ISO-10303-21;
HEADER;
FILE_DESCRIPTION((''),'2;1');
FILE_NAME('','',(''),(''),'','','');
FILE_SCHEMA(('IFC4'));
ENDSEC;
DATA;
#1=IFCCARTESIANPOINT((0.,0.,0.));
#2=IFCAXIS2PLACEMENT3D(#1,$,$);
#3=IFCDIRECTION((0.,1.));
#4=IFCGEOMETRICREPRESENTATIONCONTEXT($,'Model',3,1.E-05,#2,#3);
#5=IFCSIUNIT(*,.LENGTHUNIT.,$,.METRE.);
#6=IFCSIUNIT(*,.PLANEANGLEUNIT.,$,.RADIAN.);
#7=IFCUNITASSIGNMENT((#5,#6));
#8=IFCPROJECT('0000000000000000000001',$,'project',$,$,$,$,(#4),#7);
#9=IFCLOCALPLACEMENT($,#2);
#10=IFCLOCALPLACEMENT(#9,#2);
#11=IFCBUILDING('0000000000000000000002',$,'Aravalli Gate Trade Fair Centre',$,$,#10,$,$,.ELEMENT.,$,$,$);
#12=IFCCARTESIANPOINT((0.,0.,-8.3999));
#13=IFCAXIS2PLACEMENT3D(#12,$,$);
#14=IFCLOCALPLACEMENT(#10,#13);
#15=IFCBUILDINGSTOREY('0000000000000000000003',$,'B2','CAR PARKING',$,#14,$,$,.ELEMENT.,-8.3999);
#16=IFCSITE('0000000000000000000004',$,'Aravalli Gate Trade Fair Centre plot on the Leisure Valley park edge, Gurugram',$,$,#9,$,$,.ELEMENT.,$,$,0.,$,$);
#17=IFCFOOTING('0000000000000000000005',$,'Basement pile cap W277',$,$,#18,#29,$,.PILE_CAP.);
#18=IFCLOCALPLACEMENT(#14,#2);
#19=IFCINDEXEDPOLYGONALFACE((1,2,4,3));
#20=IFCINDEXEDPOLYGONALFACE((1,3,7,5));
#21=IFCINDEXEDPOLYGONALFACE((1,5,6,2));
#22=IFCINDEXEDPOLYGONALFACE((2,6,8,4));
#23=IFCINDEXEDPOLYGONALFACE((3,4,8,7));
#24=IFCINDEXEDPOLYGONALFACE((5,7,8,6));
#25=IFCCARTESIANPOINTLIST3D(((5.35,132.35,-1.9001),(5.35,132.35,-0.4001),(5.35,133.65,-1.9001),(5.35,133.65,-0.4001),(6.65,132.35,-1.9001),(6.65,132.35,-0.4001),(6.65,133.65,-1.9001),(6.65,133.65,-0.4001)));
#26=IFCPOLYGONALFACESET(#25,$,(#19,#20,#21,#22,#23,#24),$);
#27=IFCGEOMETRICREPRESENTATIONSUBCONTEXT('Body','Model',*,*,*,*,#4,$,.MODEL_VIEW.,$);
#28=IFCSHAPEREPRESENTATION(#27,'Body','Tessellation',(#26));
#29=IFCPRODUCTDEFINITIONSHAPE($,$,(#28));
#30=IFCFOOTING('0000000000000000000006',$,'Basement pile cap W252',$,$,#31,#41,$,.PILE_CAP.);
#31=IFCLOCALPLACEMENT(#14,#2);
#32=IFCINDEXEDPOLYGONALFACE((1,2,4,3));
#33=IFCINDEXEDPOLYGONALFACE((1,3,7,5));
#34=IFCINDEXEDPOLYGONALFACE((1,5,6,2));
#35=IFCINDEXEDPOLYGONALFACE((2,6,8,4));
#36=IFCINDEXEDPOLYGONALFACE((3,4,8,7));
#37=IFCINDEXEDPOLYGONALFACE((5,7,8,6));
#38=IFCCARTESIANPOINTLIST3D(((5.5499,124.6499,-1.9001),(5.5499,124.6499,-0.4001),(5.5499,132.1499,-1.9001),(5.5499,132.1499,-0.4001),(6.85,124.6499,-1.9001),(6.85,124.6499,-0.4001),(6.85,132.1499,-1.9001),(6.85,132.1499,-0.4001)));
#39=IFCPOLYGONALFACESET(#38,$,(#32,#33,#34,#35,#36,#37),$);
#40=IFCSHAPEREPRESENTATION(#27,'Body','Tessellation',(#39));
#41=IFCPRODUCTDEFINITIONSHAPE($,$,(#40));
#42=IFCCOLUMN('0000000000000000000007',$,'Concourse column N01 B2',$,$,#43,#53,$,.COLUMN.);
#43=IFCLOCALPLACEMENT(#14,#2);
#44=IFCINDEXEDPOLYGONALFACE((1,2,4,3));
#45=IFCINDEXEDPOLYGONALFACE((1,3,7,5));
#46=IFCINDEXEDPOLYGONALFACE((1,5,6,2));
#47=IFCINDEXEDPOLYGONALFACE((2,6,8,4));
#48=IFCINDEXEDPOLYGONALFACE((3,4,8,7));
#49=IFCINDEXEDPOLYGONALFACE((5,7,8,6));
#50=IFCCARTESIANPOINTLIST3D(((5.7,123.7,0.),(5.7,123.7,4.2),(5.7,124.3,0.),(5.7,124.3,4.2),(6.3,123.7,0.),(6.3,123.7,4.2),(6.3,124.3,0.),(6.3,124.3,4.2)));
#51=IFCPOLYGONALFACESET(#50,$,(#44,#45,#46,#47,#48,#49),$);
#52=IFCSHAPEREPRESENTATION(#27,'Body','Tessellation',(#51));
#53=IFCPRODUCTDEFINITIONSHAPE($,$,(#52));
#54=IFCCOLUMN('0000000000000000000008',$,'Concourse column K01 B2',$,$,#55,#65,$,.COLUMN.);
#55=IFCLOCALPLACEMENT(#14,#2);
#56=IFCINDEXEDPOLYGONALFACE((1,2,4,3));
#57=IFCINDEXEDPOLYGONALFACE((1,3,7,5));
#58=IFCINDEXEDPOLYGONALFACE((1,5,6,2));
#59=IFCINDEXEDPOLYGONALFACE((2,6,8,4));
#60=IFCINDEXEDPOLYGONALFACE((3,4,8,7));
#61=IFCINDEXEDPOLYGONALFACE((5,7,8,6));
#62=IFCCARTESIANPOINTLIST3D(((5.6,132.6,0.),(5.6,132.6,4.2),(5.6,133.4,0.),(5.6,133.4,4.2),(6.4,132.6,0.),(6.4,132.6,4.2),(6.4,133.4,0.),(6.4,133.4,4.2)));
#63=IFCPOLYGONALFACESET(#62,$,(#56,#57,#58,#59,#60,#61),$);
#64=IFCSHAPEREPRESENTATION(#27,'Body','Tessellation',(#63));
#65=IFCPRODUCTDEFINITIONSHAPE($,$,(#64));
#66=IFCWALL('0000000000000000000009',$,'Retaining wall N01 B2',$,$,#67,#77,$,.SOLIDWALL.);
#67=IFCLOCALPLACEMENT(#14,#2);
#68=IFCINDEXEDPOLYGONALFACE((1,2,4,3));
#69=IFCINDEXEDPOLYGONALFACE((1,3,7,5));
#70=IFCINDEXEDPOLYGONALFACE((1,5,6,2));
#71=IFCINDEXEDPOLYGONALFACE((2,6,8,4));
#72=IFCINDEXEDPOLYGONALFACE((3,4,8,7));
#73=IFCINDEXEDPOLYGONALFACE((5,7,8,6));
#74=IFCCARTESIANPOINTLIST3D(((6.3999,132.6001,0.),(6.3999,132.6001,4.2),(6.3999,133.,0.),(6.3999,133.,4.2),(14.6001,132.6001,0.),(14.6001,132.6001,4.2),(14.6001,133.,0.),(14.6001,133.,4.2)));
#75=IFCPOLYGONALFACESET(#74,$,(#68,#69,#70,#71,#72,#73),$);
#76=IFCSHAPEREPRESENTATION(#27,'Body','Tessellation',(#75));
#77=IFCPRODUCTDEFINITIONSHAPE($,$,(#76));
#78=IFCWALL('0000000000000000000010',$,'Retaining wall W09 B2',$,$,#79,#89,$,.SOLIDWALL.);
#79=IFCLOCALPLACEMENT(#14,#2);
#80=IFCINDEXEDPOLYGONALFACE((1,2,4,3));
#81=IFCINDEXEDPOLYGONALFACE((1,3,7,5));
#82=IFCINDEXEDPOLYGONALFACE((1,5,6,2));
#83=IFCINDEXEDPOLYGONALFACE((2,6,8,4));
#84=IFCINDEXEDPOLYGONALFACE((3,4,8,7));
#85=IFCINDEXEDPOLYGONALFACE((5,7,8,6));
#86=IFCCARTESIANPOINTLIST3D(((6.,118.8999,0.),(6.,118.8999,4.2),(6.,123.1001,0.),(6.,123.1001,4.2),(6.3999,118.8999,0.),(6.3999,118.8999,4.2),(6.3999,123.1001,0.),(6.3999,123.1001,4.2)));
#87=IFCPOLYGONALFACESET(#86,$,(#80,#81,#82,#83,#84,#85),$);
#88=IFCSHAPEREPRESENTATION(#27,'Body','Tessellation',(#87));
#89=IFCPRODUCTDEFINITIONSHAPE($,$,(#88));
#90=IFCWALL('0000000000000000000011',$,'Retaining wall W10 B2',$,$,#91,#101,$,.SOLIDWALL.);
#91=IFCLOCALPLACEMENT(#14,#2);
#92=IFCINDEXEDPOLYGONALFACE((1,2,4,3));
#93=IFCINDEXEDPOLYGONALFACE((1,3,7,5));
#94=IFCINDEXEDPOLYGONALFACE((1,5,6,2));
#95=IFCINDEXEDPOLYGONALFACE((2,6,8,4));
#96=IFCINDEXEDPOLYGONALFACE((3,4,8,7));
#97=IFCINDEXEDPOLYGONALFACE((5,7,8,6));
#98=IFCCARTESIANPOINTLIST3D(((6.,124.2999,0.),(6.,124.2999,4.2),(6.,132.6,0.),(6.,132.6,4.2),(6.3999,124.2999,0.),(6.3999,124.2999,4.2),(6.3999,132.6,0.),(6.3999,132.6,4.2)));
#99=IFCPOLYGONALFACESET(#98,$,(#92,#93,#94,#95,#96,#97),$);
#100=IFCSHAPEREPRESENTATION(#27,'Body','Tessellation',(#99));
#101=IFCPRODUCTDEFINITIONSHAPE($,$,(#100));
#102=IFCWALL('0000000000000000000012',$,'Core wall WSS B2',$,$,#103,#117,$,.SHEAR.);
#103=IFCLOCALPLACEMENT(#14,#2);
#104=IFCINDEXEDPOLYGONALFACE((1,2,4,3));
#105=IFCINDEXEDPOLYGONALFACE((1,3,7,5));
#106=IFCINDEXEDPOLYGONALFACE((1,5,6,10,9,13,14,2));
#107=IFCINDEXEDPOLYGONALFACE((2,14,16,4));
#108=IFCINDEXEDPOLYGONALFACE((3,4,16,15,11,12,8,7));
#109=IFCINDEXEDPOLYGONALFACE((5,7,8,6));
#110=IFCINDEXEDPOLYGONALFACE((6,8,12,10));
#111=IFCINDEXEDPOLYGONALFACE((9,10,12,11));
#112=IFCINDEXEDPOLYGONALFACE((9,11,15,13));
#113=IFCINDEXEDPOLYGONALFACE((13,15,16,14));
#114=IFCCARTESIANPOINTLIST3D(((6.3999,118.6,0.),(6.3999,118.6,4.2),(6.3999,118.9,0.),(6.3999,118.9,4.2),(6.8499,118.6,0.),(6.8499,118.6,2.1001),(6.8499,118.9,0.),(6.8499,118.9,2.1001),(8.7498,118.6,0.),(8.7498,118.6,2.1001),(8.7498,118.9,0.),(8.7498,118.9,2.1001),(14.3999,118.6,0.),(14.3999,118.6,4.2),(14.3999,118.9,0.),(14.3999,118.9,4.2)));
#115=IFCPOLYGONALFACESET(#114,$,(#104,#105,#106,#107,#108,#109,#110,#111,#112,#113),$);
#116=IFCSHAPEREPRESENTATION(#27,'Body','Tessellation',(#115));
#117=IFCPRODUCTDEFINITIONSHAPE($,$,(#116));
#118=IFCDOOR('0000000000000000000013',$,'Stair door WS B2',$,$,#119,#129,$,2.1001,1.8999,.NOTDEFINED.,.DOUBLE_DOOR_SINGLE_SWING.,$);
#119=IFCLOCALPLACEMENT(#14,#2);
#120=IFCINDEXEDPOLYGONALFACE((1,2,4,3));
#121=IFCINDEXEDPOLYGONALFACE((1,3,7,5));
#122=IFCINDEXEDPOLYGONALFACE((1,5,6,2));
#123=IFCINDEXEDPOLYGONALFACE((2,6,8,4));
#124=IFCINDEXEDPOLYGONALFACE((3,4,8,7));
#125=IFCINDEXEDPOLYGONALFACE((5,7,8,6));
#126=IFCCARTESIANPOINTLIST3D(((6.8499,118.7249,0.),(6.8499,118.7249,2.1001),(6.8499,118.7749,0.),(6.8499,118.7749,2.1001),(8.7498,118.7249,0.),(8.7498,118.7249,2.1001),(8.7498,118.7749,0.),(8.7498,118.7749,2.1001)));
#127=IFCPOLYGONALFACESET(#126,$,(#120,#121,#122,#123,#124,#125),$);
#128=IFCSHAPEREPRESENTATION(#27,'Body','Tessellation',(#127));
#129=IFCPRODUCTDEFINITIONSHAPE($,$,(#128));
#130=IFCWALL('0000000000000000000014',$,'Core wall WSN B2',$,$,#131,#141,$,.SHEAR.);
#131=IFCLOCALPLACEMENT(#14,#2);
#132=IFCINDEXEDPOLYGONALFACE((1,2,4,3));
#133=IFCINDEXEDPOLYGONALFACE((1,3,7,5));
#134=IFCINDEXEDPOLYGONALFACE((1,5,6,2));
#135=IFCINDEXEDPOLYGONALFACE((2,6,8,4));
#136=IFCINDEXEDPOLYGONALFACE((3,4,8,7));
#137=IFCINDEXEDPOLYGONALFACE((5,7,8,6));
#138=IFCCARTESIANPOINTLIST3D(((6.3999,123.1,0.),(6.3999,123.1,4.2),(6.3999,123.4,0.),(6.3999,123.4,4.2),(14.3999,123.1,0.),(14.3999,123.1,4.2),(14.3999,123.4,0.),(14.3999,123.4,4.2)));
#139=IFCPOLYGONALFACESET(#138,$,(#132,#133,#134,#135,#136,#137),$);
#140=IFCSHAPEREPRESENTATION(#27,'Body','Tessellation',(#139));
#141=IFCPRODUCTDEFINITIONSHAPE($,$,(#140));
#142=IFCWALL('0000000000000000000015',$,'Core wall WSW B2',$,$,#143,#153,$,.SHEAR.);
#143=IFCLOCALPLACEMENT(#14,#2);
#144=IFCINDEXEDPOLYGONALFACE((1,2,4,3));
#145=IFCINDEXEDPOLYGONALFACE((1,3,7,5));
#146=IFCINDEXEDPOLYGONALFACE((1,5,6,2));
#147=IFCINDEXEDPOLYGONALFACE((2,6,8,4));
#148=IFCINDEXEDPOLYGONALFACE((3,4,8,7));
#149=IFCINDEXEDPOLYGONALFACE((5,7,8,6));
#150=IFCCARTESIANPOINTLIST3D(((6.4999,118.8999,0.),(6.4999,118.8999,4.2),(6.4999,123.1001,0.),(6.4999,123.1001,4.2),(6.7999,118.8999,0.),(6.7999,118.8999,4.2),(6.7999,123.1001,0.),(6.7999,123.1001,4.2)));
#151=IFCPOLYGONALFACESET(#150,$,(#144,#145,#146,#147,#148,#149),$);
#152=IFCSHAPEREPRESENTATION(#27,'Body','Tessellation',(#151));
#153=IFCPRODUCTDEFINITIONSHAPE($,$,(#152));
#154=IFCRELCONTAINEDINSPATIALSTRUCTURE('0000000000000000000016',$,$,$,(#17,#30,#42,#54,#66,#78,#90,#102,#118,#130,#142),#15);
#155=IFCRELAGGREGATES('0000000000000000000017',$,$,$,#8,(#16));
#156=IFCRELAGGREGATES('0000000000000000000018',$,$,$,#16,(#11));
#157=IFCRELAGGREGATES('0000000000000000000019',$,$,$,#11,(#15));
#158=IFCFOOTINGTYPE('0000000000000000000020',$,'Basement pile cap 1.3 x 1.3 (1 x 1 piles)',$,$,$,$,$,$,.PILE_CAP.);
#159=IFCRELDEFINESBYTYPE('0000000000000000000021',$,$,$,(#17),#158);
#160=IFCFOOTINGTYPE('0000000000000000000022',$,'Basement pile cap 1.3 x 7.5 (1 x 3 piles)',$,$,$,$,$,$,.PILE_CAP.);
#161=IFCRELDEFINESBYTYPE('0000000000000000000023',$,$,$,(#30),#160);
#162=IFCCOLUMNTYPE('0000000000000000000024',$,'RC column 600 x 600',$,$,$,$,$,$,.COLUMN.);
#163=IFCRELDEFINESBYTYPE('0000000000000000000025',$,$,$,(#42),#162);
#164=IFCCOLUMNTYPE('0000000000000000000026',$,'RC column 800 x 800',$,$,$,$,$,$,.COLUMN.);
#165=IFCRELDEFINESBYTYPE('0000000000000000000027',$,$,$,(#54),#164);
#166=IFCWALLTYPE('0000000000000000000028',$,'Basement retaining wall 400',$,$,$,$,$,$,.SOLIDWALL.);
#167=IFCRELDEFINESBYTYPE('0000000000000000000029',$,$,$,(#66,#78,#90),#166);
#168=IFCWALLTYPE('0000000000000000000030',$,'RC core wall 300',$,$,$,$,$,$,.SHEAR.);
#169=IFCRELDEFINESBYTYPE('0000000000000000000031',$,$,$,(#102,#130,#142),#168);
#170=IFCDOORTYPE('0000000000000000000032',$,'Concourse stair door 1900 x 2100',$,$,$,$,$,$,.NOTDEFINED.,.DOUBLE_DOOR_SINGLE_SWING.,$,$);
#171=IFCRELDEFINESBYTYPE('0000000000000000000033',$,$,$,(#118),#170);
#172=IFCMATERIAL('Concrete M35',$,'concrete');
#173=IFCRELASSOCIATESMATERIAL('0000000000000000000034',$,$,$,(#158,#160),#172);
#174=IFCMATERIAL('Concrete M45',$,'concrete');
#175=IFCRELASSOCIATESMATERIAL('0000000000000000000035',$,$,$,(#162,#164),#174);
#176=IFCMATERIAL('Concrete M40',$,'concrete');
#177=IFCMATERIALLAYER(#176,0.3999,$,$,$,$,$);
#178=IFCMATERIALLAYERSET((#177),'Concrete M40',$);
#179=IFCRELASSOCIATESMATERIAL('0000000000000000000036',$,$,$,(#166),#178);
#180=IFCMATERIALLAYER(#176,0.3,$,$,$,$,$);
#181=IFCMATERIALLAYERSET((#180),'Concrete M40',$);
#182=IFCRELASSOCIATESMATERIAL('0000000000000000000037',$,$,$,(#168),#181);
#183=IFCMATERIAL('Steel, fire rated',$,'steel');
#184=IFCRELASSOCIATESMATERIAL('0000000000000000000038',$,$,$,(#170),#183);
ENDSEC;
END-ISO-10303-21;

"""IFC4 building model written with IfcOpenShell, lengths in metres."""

from ifc_helpers import new_model, si_unit, direction, frame, frame_2d, origin, origin_2d, place, context, subcontext, project, spatial, rectangle, extrude, material, layer, layer_set, material_profile, profile_set, type_object, element, fill, save


model = new_model("IFC4")

# Units and contexts
model_context = context("Model", 3, precision=1e-05, world=origin(), true_north=direction((0.0, 1.0)))
body_context = subcontext(model_context, "Body", "Model", "MODEL_VIEW")
ifc_project = project(units=[si_unit("LENGTHUNIT", "METRE"), si_unit("PLANEANGLEUNIT", "RADIAN")], contexts=[model_context])

# Site, building, storey
site_placement = place(None, origin())
site = spatial("IfcSite", under=ifc_project, at=site_placement, Name="Aravalli Gate Trade Fair Centre plot on the Leisure Valley park edge, Gurugram", CompositionType="ELEMENT", RefElevation=0.0)
building_placement = place(site_placement, origin())
building = spatial("IfcBuilding", under=site, at=building_placement, Name="Aravalli Gate Trade Fair Centre", CompositionType="ELEMENT")
storey_placement = place(building_placement, frame((0.0, 0.0, -8.3999)))
storey = spatial("IfcBuildingStorey", under=building, at=storey_placement, Name="B2", Description="CAR PARKING", CompositionType="ELEMENT", Elevation=-8.3999)

# Shared definitions
ifc_material_1 = material(Name="Concrete M35", Category="concrete")

# Footings
footing_type_1 = type_object("IfcFootingType", Name="Basement pile cap 1.3 x 1.3 (1 x 1 piles)", PredefinedType="PILE_CAP", material=ifc_material_1)
footing_1_placement = place(storey_placement, frame((6.0, 133.0, -1.9001), z_axis=(0.0, 0.0, 1.0), x_axis=(1.0, 0.0, 0.0)))
element("IfcFooting", 1, at=footing_1_placement, inside=storey, type_object=footing_type_1, Name="Basement pile cap W277", PredefinedType="PILE_CAP", context=body_context, shape_type="SweptSolid", body=[
    extrude(rectangle(XDim=1.3, YDim=1.3, at=origin_2d()), origin(), (0.0, 0.0, 1.0), 1.5),
])
footing_type_2 = type_object("IfcFootingType", Name="Basement pile cap 1.3 x 7.5 (1 x 3 piles)", PredefinedType="PILE_CAP", material=ifc_material_1)
footing_2_placement = place(storey_placement, frame((6.2, 128.3999, -1.9001), z_axis=(0.0, 0.0, 1.0), x_axis=(1.0, 0.0, 0.0)))
element("IfcFooting", 2, at=footing_2_placement, inside=storey, type_object=footing_type_2, Name="Basement pile cap W252", PredefinedType="PILE_CAP", context=body_context, shape_type="SweptSolid", body=[
    extrude(rectangle(XDim=1.3, YDim=7.5, at=origin_2d()), origin(), (0.0, 0.0, 1.0), 1.5),
])

# Columns
ifc_material_2 = material(Name="Concrete M45", Category="concrete")
ifc_material_profile_1 = material_profile(ifc_material_2, rectangle(XDim=0.6001, YDim=0.6001, at=origin_2d()), Name="RC column 600 x 600")
ifc_profile_set_1 = profile_set([ifc_material_profile_1], Name="Concrete M45")
column_type_1 = type_object("IfcColumnType", Name="RC column 600 x 600", PredefinedType="COLUMN", material=ifc_profile_set_1)
column_1_placement = place(storey_placement, frame((6.0, 124.0, 0.0), z_axis=(0.0, 0.0, 1.0), x_axis=(1.0, 0.0, 0.0)))
element("IfcColumn", 3, at=column_1_placement, inside=storey, type_object=column_type_1, Name="Concourse column N01 B2", PredefinedType="COLUMN", context=body_context, shape_type="SweptSolid", body=[
    extrude(rectangle(XDim=0.6001, YDim=0.6001, at=origin_2d()), origin(), (0.0, 0.0, 1.0), 4.2),
])
ifc_material_profile_2 = material_profile(ifc_material_2, rectangle(XDim=0.8, YDim=0.8, at=origin_2d()), Name="RC column 800 x 800")
ifc_profile_set_2 = profile_set([ifc_material_profile_2], Name="Concrete M45")
column_type_2 = type_object("IfcColumnType", Name="RC column 800 x 800", PredefinedType="COLUMN", material=ifc_profile_set_2)
column_2_placement = place(storey_placement, frame((6.0, 133.0, 0.0), z_axis=(0.0, 0.0, 1.0), x_axis=(1.0, 0.0, 0.0)))
element("IfcColumn", 4, at=column_2_placement, inside=storey, type_object=column_type_2, Name="Concourse column K01 B2", PredefinedType="COLUMN", context=body_context, shape_type="SweptSolid", body=[
    extrude(rectangle(XDim=0.8, YDim=0.8, at=origin_2d()), origin(), (0.0, 0.0, 1.0), 4.2),
])

# Walls
ifc_material_3 = material(Name="Concrete M40", Category="concrete")
ifc_layer_1 = layer(ifc_material_3, 0.3999)
ifc_layer_set_1 = layer_set([ifc_layer_1], Name="Concrete M40")
wall_type_1 = type_object("IfcWallType", Name="Basement retaining wall 400", PredefinedType="SOLIDWALL", material=ifc_layer_set_1)
wall_1_placement = place(storey_placement, frame((6.3999, 132.8, 0.0), z_axis=(0.0, 0.0, 1.0), x_axis=(1.0, 0.0, 0.0)))
element("IfcWall", 5, at=wall_1_placement, inside=storey, type_object=wall_type_1, Name="Retaining wall N01 B2", PredefinedType="SOLIDWALL", context=body_context, shape_type="SweptSolid", body=[
    extrude(rectangle(XDim=8.2002, YDim=0.3999, at=frame_2d((4.1001, 0.0))), origin(), (0.0, 0.0, 1.0), 4.2),
])
wall_2_placement = place(storey_placement, frame((6.2, 118.8999, 0.0), z_axis=(0.0, 0.0, 1.0), x_axis=(0.0, 1.0, 0.0)))
element("IfcWall", 6, at=wall_2_placement, inside=storey, type_object=wall_type_1, Name="Retaining wall W09 B2", PredefinedType="SOLIDWALL", context=body_context, shape_type="SweptSolid", body=[
    extrude(rectangle(XDim=4.2002, YDim=0.3999, at=frame_2d((2.1001, 0.0))), origin(), (0.0, 0.0, 1.0), 4.2),
])
wall_3_placement = place(storey_placement, frame((6.2, 124.3, 0.0), z_axis=(0.0, 0.0, 1.0), x_axis=(0.0, 1.0, 0.0)))
element("IfcWall", 7, at=wall_3_placement, inside=storey, type_object=wall_type_1, Name="Retaining wall W10 B2", PredefinedType="SOLIDWALL", context=body_context, shape_type="SweptSolid", body=[
    extrude(rectangle(XDim=8.3, YDim=0.3999, at=frame_2d((4.1499, 0.0))), origin(), (0.0, 0.0, 1.0), 4.2),
])

# Wall, opening, door
ifc_layer_2 = layer(ifc_material_3, 0.3)
ifc_layer_set_2 = layer_set([ifc_layer_2], Name="Concrete M40")
wall_type_2 = type_object("IfcWallType", Name="RC core wall 300", PredefinedType="SHEAR", material=ifc_layer_set_2)
wall_4_placement = place(storey_placement, frame((6.3999, 118.75, 0.0), z_axis=(0.0, 0.0, 1.0), x_axis=(1.0, 0.0, 0.0)))
wall_4 = element("IfcWall", 8, at=wall_4_placement, inside=storey, type_object=wall_type_2, Name="Core wall WSS B2", PredefinedType="SHEAR", context=body_context, shape_type="SweptSolid", body=[
    extrude(rectangle(XDim=8.0, YDim=0.3, at=frame_2d((4.0, 0.0))), origin(), (0.0, 0.0, 1.0), 4.2),
])
opening_placement = place(wall_4_placement, frame((0.45, 0.0, 0.0)))
opening = element("IfcOpeningElement", 9, at=opening_placement, cuts=wall_4, PredefinedType="OPENING", context=body_context, shape_type="SweptSolid", body=[
    extrude(rectangle(XDim=1.8999, YDim=2.1001, at=frame_2d((0.95, 1.05))), frame((0.0, 0.1599, 0.0), z_axis=(0.0, -1.0, 0.0), x_axis=(1.0, 0.0, 0.0)), (0.0, 0.0, 1.0), 0.3201),
])
ifc_material_4 = material(Name="Steel, fire rated", Category="steel")
door_type = type_object("IfcDoorType", Name="Concourse stair door 1900 x 2100", OperationType="DOUBLE_DOOR_SINGLE_SWING", PredefinedType="NOTDEFINED", material=ifc_material_4)
door_placement = place(opening_placement, origin())
door = element("IfcDoor", 10, at=door_placement, inside=storey, type_object=door_type, Name="Stair door WS B2", OperationType="DOUBLE_DOOR_SINGLE_SWING", OverallHeight=2.1001, OverallWidth=1.8999, PredefinedType="NOTDEFINED", context=body_context, shape_type="SweptSolid", body=[
    extrude(rectangle(XDim=1.8999, YDim=2.1001, at=frame_2d((0.95, 1.05))), frame((0.0, 0.0249, 0.0), z_axis=(0.0, -1.0, 0.0), x_axis=(1.0, 0.0, 0.0)), (0.0, 0.0, 1.0), 0.05),
])
fill(opening, door)

# Walls
wall_5_placement = place(storey_placement, frame((6.3999, 123.25, 0.0), z_axis=(0.0, 0.0, 1.0), x_axis=(1.0, 0.0, 0.0)))
element("IfcWall", 11, at=wall_5_placement, inside=storey, type_object=wall_type_2, Name="Core wall WSN B2", PredefinedType="SHEAR", context=body_context, shape_type="SweptSolid", body=[
    extrude(rectangle(XDim=8.0, YDim=0.3, at=frame_2d((4.0, 0.0))), origin(), (0.0, 0.0, 1.0), 4.2),
])
wall_6_placement = place(storey_placement, frame((6.6499, 118.8999, 0.0), z_axis=(0.0, 0.0, 1.0), x_axis=(0.0, 1.0, 0.0)))
element("IfcWall", 12, at=wall_6_placement, inside=storey, type_object=wall_type_2, Name="Core wall WSW B2", PredefinedType="SHEAR", context=body_context, shape_type="SweptSolid", body=[
    extrude(rectangle(XDim=4.2002, YDim=0.3, at=frame_2d((2.1001, 0.0))), origin(), (0.0, 0.0, 1.0), 4.2),
])

save(model, "model.ifc")
